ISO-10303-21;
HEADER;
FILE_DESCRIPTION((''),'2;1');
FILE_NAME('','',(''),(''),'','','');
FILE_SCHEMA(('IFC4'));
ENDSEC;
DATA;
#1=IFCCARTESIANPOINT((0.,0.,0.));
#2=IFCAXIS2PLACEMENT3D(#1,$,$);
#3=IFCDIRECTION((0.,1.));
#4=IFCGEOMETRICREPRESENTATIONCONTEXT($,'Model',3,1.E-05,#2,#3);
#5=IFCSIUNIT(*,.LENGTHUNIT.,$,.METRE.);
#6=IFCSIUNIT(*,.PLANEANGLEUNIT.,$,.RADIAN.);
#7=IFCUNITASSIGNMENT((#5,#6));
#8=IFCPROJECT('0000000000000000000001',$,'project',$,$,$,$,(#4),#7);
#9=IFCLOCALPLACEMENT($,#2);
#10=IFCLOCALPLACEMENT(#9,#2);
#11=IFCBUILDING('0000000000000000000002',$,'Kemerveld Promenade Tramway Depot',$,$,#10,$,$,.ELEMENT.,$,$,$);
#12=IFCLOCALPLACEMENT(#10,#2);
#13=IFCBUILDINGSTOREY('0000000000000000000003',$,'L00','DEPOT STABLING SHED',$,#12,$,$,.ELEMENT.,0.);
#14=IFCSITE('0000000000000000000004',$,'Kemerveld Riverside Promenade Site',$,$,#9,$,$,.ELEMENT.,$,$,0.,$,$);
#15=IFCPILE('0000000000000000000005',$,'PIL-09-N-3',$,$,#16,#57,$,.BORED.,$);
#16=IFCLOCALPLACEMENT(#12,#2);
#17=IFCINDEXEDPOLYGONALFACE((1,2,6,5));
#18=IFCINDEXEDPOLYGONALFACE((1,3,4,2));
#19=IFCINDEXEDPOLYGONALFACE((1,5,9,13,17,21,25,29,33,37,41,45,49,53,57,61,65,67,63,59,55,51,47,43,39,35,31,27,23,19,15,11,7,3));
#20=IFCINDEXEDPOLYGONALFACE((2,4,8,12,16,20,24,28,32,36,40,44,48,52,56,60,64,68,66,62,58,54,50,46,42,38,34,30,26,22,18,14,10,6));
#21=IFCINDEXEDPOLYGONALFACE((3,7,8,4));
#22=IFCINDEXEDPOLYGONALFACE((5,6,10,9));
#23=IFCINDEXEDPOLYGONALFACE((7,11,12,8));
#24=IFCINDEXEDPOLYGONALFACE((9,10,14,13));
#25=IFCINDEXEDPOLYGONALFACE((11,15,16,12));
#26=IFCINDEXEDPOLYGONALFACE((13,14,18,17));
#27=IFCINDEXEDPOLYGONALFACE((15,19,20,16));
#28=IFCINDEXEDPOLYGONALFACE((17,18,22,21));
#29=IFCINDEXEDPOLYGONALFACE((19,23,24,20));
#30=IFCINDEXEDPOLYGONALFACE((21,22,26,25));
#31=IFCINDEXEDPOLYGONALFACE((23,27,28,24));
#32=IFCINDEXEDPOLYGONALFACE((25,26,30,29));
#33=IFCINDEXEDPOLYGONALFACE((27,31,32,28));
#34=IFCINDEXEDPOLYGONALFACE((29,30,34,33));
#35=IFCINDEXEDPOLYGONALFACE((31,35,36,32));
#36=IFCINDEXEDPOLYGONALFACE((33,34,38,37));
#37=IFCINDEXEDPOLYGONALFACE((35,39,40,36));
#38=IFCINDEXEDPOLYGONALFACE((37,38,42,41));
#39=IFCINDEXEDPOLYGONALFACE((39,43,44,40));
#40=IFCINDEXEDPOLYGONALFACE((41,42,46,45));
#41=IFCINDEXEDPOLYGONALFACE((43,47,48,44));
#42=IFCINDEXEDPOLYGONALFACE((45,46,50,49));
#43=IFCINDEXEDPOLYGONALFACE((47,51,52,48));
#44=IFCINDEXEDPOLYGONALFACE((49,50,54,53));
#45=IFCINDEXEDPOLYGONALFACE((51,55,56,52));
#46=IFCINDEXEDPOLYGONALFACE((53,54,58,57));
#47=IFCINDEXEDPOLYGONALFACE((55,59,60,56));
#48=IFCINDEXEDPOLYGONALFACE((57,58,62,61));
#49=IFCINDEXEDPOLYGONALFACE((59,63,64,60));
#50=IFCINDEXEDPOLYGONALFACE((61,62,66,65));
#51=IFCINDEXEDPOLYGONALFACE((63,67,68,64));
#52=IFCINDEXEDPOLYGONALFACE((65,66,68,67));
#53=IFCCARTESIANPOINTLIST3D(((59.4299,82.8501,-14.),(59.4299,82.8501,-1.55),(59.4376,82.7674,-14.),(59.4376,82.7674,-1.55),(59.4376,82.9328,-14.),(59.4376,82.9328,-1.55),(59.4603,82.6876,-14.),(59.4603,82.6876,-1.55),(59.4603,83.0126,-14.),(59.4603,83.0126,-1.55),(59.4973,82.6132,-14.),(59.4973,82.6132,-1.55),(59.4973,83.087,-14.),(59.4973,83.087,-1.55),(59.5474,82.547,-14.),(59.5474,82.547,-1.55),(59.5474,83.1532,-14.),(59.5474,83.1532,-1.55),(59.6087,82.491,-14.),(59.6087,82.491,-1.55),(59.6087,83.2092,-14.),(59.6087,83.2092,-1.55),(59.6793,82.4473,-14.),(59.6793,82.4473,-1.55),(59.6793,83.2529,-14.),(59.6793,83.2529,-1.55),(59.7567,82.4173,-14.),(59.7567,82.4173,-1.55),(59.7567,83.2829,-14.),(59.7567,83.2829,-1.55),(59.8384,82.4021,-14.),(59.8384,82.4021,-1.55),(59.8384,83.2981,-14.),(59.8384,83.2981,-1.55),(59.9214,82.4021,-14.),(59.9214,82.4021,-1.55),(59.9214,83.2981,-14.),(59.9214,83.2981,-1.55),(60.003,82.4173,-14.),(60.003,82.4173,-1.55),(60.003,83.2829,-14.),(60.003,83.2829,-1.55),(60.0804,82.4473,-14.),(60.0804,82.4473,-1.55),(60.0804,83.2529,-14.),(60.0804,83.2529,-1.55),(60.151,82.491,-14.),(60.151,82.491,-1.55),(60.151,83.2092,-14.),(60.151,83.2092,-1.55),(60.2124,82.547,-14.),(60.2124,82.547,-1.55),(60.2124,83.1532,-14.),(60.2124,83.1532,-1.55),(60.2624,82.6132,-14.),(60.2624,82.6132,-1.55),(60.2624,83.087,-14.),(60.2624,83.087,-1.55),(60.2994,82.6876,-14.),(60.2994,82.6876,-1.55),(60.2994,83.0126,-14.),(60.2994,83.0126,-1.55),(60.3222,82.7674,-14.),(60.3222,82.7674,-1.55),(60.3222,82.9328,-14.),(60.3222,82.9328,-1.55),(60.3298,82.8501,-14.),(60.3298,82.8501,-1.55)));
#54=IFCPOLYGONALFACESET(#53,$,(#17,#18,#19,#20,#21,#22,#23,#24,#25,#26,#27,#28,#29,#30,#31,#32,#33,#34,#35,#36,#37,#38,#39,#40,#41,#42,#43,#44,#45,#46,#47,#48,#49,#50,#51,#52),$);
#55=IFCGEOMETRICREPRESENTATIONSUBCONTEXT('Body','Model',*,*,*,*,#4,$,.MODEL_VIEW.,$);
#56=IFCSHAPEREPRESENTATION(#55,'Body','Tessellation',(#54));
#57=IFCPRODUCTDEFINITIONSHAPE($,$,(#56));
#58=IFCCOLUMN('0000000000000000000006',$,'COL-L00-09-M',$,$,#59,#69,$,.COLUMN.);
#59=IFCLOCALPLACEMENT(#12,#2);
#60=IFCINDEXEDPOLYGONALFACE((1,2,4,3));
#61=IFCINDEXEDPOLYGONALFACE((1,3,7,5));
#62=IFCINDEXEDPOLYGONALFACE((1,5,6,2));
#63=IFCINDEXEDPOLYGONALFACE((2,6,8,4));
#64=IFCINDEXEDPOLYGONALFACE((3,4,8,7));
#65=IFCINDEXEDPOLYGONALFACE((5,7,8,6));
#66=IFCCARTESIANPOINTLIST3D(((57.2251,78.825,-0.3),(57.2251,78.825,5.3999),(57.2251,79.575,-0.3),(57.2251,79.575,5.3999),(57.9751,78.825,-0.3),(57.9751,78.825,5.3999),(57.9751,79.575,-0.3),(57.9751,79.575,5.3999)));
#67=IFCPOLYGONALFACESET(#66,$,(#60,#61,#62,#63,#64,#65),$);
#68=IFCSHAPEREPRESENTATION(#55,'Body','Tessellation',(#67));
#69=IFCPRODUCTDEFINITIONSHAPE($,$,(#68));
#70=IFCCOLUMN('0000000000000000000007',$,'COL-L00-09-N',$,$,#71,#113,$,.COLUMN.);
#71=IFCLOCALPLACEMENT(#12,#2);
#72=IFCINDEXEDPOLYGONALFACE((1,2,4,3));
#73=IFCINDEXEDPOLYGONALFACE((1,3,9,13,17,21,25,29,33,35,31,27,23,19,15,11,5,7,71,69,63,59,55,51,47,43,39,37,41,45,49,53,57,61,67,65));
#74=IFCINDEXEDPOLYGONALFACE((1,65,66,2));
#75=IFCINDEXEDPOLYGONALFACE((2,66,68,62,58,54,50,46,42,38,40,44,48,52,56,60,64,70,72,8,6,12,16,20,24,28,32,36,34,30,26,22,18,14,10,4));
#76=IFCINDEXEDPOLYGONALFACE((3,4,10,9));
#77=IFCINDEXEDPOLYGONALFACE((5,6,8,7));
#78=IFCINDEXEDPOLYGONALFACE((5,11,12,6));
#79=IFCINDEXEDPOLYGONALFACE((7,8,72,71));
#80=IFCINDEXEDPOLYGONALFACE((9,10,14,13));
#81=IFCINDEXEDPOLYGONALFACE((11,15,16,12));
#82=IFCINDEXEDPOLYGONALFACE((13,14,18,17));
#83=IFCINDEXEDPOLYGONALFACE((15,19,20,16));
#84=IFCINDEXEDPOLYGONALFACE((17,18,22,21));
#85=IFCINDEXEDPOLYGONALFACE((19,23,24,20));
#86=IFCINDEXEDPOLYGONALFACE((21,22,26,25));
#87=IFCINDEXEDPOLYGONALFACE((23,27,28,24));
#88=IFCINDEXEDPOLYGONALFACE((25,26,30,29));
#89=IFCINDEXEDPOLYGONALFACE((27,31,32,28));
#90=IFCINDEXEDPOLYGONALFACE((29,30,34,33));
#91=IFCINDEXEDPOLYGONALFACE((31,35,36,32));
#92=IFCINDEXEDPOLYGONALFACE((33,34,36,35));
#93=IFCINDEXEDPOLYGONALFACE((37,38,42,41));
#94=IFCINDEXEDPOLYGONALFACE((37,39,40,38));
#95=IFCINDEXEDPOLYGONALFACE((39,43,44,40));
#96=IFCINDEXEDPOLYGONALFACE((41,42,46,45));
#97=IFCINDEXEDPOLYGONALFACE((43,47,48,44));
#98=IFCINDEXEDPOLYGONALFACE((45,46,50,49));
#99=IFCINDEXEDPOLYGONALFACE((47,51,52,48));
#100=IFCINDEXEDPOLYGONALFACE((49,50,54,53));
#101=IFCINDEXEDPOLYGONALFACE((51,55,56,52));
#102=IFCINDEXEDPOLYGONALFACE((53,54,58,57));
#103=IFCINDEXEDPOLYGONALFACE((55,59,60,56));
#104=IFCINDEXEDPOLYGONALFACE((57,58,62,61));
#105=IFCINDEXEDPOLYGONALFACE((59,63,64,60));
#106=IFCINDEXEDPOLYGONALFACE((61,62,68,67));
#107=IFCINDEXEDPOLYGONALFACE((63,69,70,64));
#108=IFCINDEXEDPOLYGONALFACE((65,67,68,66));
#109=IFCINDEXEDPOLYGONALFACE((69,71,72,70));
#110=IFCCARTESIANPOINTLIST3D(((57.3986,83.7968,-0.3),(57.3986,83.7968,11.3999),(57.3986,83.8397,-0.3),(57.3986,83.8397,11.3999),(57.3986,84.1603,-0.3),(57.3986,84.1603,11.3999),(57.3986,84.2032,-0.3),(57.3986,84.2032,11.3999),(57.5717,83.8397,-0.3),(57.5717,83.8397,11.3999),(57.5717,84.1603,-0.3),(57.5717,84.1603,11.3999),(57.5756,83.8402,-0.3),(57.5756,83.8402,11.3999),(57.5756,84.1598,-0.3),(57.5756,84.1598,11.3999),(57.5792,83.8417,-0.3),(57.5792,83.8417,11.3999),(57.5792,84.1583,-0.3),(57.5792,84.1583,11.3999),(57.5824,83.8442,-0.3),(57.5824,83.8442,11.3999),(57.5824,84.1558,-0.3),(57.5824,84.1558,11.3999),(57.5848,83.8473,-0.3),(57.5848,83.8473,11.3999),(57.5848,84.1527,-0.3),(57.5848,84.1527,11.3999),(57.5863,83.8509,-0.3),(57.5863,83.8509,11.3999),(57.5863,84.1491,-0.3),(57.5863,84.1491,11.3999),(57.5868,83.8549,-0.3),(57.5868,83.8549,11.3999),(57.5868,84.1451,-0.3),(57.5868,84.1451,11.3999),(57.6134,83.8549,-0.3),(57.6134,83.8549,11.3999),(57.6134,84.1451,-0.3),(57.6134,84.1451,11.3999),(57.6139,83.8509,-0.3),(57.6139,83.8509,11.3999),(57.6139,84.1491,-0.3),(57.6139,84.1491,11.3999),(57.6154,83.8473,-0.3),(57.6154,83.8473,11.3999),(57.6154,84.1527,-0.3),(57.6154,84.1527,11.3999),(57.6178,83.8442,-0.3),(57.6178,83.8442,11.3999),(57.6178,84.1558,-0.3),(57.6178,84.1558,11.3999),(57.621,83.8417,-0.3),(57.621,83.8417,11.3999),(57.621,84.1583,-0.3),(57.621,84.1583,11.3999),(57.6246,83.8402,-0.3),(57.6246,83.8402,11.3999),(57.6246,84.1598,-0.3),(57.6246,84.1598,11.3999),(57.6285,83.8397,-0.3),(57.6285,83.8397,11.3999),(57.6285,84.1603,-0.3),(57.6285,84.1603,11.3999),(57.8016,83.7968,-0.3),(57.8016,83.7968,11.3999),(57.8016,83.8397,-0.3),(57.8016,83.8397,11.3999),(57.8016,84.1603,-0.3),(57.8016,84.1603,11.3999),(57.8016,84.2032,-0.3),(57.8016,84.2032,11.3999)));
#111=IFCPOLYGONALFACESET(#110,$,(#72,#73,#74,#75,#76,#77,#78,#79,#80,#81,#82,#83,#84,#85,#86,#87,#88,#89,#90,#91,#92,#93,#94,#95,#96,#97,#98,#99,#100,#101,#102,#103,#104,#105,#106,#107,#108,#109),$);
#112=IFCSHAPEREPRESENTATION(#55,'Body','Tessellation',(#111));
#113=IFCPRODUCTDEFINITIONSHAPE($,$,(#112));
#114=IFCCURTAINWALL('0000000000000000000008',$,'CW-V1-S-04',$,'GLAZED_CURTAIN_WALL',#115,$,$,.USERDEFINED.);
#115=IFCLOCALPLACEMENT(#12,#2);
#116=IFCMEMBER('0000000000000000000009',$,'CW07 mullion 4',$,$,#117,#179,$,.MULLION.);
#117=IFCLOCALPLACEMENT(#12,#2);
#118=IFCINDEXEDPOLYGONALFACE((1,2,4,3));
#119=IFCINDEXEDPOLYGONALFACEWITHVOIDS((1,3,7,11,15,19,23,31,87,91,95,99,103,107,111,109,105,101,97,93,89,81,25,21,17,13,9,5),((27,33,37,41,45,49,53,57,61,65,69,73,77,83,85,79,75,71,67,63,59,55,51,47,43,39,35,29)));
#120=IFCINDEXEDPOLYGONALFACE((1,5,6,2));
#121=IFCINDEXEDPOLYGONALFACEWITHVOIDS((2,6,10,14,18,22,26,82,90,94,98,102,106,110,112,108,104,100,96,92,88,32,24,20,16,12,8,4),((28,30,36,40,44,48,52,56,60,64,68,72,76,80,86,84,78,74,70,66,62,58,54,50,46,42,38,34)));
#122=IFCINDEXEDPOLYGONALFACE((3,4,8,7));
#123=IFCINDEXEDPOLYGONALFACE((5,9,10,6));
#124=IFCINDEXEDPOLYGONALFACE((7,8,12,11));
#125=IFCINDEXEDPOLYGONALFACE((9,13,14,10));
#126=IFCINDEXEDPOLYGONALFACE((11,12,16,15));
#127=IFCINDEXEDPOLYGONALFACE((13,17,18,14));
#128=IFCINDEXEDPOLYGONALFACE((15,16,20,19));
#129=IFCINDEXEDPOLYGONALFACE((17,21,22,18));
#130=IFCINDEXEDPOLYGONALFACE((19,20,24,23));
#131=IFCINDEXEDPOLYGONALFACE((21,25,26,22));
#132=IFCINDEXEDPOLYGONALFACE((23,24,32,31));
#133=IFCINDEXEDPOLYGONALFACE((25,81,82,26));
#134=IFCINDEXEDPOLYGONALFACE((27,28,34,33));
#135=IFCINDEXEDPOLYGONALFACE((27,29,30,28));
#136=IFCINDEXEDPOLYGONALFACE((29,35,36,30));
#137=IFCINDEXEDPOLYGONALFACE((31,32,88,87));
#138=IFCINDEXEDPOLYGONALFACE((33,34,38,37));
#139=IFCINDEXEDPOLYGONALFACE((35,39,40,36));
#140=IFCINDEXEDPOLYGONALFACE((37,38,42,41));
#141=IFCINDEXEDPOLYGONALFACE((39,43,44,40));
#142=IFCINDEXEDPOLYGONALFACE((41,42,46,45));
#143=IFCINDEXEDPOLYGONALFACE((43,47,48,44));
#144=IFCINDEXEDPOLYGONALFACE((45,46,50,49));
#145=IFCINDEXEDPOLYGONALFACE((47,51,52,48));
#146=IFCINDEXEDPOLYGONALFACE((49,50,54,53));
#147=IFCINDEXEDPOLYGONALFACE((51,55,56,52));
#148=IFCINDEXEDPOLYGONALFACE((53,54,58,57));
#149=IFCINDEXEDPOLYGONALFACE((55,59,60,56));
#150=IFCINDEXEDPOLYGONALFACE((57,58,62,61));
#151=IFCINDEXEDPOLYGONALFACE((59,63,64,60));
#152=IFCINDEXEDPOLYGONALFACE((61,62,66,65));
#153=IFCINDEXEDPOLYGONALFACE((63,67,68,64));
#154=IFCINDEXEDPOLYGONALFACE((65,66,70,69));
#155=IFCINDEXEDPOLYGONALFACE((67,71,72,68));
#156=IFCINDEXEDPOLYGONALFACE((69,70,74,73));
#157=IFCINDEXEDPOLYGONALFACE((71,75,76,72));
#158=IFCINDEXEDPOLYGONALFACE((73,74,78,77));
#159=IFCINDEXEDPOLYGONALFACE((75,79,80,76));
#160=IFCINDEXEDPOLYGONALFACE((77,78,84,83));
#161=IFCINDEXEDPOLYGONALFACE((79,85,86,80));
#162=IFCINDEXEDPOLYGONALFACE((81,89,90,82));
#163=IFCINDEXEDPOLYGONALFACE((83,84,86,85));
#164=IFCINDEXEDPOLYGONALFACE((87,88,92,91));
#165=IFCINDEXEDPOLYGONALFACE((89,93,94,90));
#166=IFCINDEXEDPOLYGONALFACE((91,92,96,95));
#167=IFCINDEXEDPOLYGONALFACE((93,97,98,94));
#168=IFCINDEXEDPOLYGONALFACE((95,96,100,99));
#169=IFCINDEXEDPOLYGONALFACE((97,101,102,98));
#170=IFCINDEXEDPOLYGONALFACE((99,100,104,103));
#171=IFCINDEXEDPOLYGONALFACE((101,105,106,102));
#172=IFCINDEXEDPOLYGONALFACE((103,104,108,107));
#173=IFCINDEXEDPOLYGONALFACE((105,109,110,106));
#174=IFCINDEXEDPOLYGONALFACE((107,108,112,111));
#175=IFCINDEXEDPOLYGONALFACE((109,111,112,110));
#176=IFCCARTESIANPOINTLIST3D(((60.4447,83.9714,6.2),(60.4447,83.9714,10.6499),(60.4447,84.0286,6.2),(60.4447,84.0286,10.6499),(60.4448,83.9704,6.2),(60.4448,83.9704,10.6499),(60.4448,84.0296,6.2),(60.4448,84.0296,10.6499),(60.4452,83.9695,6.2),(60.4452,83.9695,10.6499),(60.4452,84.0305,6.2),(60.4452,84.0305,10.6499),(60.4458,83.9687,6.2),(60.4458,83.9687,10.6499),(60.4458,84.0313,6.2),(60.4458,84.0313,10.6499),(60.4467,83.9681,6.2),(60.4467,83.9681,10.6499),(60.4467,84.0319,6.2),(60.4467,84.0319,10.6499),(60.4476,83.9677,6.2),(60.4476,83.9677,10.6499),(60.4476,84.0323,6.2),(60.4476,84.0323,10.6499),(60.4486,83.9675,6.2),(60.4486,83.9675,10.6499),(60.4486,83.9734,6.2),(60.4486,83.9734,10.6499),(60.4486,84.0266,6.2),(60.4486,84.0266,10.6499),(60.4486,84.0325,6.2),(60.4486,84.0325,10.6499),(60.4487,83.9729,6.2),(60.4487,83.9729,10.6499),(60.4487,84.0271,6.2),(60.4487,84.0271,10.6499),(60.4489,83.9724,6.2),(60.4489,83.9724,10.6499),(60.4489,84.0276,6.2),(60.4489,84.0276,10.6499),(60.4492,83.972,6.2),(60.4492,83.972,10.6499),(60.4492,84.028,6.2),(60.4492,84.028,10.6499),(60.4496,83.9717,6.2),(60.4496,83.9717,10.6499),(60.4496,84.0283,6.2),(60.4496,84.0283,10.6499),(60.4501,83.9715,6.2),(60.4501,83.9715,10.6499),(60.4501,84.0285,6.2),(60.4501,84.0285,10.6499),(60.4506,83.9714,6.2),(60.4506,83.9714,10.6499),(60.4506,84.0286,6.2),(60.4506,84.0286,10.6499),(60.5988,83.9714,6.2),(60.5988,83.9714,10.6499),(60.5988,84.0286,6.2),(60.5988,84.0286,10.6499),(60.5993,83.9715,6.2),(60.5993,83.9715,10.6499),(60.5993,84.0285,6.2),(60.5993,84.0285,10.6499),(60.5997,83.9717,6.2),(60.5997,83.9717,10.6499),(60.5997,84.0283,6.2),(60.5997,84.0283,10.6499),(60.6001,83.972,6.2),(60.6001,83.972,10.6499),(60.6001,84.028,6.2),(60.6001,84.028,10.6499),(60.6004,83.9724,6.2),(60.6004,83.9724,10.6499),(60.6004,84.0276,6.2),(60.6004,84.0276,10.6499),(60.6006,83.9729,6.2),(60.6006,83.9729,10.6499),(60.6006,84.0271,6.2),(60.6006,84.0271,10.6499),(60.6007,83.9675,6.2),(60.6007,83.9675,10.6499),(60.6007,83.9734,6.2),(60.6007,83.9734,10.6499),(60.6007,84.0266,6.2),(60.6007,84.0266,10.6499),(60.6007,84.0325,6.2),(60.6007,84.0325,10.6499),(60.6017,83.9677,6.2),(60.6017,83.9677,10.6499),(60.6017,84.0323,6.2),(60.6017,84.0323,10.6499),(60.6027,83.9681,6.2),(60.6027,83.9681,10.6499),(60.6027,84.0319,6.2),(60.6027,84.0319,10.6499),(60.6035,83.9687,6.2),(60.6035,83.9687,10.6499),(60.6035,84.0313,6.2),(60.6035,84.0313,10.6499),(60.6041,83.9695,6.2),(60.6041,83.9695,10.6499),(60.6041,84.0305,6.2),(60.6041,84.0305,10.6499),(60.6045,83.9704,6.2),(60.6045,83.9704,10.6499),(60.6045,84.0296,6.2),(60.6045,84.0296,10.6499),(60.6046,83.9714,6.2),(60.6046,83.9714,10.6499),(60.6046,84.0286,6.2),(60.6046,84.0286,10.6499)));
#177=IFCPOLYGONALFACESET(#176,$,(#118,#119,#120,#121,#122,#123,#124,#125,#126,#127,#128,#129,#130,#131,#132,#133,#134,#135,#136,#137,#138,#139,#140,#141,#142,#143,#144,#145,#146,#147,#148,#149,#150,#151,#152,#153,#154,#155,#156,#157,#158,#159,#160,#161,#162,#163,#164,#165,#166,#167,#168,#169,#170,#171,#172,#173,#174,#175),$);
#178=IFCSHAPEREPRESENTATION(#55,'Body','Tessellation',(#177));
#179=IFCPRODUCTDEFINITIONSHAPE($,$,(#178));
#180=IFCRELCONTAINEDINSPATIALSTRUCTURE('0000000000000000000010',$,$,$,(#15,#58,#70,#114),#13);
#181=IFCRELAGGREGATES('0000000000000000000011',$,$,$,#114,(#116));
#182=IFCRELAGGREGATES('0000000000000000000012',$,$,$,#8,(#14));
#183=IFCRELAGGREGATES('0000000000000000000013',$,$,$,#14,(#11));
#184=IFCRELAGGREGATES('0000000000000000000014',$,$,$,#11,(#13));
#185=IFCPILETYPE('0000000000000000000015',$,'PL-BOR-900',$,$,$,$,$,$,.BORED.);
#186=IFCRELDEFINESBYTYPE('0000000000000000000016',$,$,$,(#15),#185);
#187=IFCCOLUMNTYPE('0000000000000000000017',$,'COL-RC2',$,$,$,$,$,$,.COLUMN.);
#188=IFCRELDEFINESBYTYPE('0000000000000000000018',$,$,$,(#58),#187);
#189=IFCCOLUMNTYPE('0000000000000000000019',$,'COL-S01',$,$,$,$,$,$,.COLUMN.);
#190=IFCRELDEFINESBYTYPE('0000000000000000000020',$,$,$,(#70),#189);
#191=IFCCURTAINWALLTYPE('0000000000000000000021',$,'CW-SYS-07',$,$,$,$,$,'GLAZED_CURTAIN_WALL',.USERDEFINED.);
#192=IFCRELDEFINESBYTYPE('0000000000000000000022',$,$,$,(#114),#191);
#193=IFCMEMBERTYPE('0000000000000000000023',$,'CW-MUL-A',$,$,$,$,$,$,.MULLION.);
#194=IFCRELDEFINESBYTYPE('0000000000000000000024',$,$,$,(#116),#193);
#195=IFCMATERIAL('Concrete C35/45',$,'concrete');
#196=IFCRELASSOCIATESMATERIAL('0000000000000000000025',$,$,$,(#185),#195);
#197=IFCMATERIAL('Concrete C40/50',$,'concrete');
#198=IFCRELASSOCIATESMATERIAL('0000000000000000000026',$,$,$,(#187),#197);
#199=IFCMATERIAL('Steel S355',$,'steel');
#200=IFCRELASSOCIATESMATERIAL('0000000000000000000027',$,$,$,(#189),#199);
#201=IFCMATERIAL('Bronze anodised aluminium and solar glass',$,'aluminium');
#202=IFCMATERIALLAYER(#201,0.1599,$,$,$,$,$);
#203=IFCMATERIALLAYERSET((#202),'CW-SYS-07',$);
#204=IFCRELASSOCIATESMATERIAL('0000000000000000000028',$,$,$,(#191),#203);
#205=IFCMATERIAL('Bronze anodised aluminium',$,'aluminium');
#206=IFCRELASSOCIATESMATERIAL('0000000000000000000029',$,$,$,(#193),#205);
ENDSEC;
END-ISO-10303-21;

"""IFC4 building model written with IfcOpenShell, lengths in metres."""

from ifc_helpers import new_model, si_unit, direction, frame, origin, origin_2d, place, context, subcontext, project, spatial, rectangle, hollow_rectangle, circle, i_section, extrude, material, layer, layer_set, material_profile, profile_set, type_object, element, aggregate, save


model = new_model("IFC4")

# Units and contexts
model_context = context("Model", 3, precision=1e-05, world=origin(), true_north=direction((0.0, 1.0)))
body_context = subcontext(model_context, "Body", "Model", "MODEL_VIEW")
ifc_project = project(units=[si_unit("LENGTHUNIT", "METRE"), si_unit("PLANEANGLEUNIT", "RADIAN")], contexts=[model_context])

# Site, building, storey
site_placement = place(None, origin())
site = spatial("IfcSite", under=ifc_project, at=site_placement, Name="Kemerveld Riverside Promenade Site", CompositionType="ELEMENT", RefElevation=0.0)
building_placement = place(site_placement, origin())
building = spatial("IfcBuilding", under=site, at=building_placement, Name="Kemerveld Promenade Tramway Depot", CompositionType="ELEMENT")
storey_placement = place(building_placement, origin())
storey = spatial("IfcBuildingStorey", under=building, at=storey_placement, Name="L00", Description="DEPOT STABLING SHED", CompositionType="ELEMENT", Elevation=0.0)

# Shared definitions
ifc_material_1 = material(Name="Concrete C35/45", Category="concrete")

# Pile
ifc_material_profile_1 = material_profile(ifc_material_1, circle(Radius=0.45, at=origin_2d()), Name="PILE-D900")
ifc_profile_set_1 = profile_set([ifc_material_profile_1], Name="Concrete C35/45")
pile_type_1 = type_object("IfcPileType", Name="PL-BOR-900", PredefinedType="BORED", material=ifc_profile_set_1)
for number, where, z_axis, x_axis, name in (
    (1, (59.8799, 82.8501, -1.55), (0.0, 0.0, -1.0), (1.0, 0.0, 0.0), "PIL-09-N-3"),
):
    element("IfcPile", number, at=place(storey_placement, frame(where, z_axis=z_axis, x_axis=x_axis)), inside=storey, type_object=pile_type_1, Name=name, PredefinedType="BORED", context=body_context, shape_type="SweptSolid", body=[
        extrude(circle(Radius=0.45, at=origin_2d()), origin(), (0.0, 0.0, 1.0), 12.45),
    ])

# Columns
ifc_material_2 = material(Name="Concrete C40/50", Category="concrete")
ifc_material_profile_2 = material_profile(ifc_material_2, rectangle(XDim=0.75, YDim=0.75, at=origin_2d()), Name="RC-COL-750x750")
ifc_profile_set_2 = profile_set([ifc_material_profile_2], Name="Concrete C40/50")
column_type_1 = type_object("IfcColumnType", Name="COL-RC2", PredefinedType="COLUMN", material=ifc_profile_set_2)
column_1_placement = place(storey_placement, frame((57.6001, 79.2, -0.3), z_axis=(0.0, 0.0, 1.0), x_axis=(1.0, 0.0, 0.0)))
element("IfcColumn", 2, at=column_1_placement, inside=storey, type_object=column_type_1, Name="COL-L00-09-M", PredefinedType="COLUMN", context=body_context, shape_type="SweptSolid", body=[
    extrude(rectangle(XDim=0.75, YDim=0.75, at=origin_2d()), origin(), (0.0, 0.0, 1.0), 5.7),
])
ifc_material_3 = material(Name="Steel S355", Category="steel")
ifc_material_profile_3 = material_profile(ifc_material_3, i_section(OverallWidth=0.4031, OverallDepth=0.4065, WebThickness=0.0266, FlangeThickness=0.043, FilletRadius=0.0151, at=origin_2d()), Name="356x406x340 UC")
ifc_profile_set_3 = profile_set([ifc_material_profile_3], Name="Steel S355")
column_type_2 = type_object("IfcColumnType", Name="COL-S01", PredefinedType="COLUMN", material=ifc_profile_set_3)
column_2_placement = place(storey_placement, frame((57.6001, 84.0, -0.3), z_axis=(0.0, 0.0, 1.0), x_axis=(1.0, 0.0, 0.0)))
element("IfcColumn", 3, at=column_2_placement, inside=storey, type_object=column_type_2, Name="COL-L00-09-N", PredefinedType="COLUMN", context=body_context, shape_type="SweptSolid", body=[
    extrude(i_section(OverallWidth=0.4031, OverallDepth=0.4065, WebThickness=0.0266, FlangeThickness=0.043, FilletRadius=0.0151, at=origin_2d()), origin(), (0.0, 0.0, 1.0), 11.7),
])

# Curtain wall, member
ifc_material_4 = material(Name="Bronze anodised aluminium and solar glass", Category="aluminium")
ifc_layer_1 = layer(ifc_material_4, 0.1599)
ifc_layer_set_1 = layer_set([ifc_layer_1], Name="CW-SYS-07")
curtain_wall_type_1 = type_object("IfcCurtainWallType", Name="CW-SYS-07", ElementType="GLAZED_CURTAIN_WALL", PredefinedType="USERDEFINED", material=ifc_layer_set_1)
curtain_wall_1_placement = place(storey_placement, origin())
curtain_wall_1 = element("IfcCurtainWall", 4, at=curtain_wall_1_placement, inside=storey, type_object=curtain_wall_type_1, Name="CW-V1-S-04", ObjectType="GLAZED_CURTAIN_WALL", PredefinedType="USERDEFINED")
ifc_material_5 = material(Name="Bronze anodised aluminium", Category="aluminium")
ifc_material_profile_4 = material_profile(ifc_material_5, hollow_rectangle(XDim=0.0649, YDim=0.1599, WallThickness=0.0039, InnerFilletRadius=0.002, OuterFilletRadius=0.0039, at=origin_2d()), Name="CW-MUL-160x65")
ifc_profile_set_4 = profile_set([ifc_material_profile_4], Name="Bronze anodised aluminium")
member_type_1 = type_object("IfcMemberType", Name="CW-MUL-A", PredefinedType="MULLION", material=ifc_profile_set_4)
member_1_placement = place(storey_placement, frame((60.5247, 84.0, 6.2), z_axis=(0.0, 0.0, 1.0), x_axis=(0.0, -1.0, 0.0)))
member_1 = element("IfcMember", 5, at=member_1_placement, type_object=member_type_1, Name="CW07 mullion 4", PredefinedType="MULLION", context=body_context, shape_type="SweptSolid", body=[
    extrude(hollow_rectangle(XDim=0.0649, YDim=0.1599, WallThickness=0.0039, InnerFilletRadius=0.002, OuterFilletRadius=0.0039, at=origin_2d()), origin(), (0.0, 0.0, 1.0), 4.45),
])

aggregate(curtain_wall_1, [member_1])

save(model, "model.ifc")
